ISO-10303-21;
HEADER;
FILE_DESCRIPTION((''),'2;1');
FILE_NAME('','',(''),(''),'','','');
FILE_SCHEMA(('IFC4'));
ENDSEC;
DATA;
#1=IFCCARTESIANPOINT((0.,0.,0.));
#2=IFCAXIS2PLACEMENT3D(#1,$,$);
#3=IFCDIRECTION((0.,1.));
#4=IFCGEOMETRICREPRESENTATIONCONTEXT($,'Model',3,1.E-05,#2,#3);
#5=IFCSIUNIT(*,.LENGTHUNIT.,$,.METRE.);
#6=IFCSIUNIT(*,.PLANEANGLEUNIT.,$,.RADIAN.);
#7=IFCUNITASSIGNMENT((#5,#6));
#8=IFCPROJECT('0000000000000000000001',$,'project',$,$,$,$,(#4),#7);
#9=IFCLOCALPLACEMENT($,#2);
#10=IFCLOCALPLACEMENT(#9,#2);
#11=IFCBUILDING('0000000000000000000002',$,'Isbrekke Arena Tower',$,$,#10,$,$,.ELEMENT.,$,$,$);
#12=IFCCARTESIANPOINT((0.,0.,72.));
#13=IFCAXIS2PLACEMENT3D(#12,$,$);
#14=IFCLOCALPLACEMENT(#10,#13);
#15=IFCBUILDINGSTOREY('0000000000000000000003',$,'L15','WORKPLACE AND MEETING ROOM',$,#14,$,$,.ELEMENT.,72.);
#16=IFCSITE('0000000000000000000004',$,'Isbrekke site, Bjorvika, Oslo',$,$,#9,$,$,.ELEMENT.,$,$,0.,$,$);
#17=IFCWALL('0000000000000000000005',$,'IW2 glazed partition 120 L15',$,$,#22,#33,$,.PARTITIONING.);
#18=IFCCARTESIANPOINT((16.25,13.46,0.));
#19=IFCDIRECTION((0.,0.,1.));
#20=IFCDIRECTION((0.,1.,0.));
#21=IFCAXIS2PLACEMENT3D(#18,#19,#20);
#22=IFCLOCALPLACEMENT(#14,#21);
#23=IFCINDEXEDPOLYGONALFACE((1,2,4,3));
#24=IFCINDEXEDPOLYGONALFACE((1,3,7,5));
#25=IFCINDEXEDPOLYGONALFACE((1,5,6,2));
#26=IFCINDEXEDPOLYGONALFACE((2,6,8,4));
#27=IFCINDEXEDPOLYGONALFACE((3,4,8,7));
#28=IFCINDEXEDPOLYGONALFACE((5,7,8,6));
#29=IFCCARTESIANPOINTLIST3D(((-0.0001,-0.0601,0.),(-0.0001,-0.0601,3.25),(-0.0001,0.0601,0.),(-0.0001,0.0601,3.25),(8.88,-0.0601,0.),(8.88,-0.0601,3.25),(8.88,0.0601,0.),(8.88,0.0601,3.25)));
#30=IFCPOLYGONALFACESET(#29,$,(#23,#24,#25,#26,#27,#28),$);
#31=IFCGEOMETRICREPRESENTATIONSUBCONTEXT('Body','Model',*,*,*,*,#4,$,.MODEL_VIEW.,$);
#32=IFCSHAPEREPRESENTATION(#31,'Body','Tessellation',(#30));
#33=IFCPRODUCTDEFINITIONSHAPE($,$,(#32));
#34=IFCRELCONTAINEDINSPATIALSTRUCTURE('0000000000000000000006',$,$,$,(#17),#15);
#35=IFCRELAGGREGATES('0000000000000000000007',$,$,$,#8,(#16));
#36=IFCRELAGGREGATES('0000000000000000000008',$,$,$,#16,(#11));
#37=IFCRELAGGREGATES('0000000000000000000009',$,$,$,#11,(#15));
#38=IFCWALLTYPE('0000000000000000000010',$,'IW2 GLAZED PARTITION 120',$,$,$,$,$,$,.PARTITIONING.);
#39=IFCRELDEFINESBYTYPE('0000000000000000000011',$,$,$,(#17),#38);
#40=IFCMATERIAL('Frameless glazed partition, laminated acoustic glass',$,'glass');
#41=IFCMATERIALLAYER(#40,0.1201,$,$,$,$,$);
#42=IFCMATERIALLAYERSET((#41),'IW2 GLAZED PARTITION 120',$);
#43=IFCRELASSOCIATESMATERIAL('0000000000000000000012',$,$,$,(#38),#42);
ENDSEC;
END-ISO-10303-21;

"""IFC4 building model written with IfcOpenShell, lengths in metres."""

from ifc_helpers import new_model, si_unit, direction, frame, frame_2d, origin, place, context, subcontext, project, spatial, rectangle, extrude, material, layer, layer_set, type_object, element, save


model = new_model("IFC4")

# Units and contexts
model_context = context("Model", 3, precision=1e-05, world=origin(), true_north=direction((0.0, 1.0)))
body_context = subcontext(model_context, "Body", "Model", "MODEL_VIEW")
ifc_project = project(units=[si_unit("LENGTHUNIT", "METRE"), si_unit("PLANEANGLEUNIT", "RADIAN")], contexts=[model_context])

# Site, building, storey
site_placement = place(None, origin())
site = spatial("IfcSite", under=ifc_project, at=site_placement, Name="Isbrekke site, Bjorvika, Oslo", CompositionType="ELEMENT", RefElevation=0.0)
building_placement = place(site_placement, origin())
building = spatial("IfcBuilding", under=site, at=building_placement, Name="Isbrekke Arena Tower", CompositionType="ELEMENT")
storey_placement = place(building_placement, frame((0.0, 0.0, 72.0)))
storey = spatial("IfcBuildingStorey", under=building, at=storey_placement, Name="L15", Description="WORKPLACE AND MEETING ROOM", CompositionType="ELEMENT", Elevation=72.0)

# Wall
ifc_material_1 = material(Name="Frameless glazed partition, laminated acoustic glass", Category="glass")
ifc_layer_1 = layer(ifc_material_1, 0.1201)
ifc_layer_set_1 = layer_set([ifc_layer_1], Name="IW2 GLAZED PARTITION 120")
wall_type_1 = type_object("IfcWallType", Name="IW2 GLAZED PARTITION 120", PredefinedType="PARTITIONING", material=ifc_layer_set_1)
wall_1_placement = place(storey_placement, frame((16.25, 13.46, 0.0), z_axis=(0.0, 0.0, 1.0), x_axis=(0.0, 1.0, 0.0)))
element("IfcWall", 1, at=wall_1_placement, inside=storey, type_object=wall_type_1, Name="IW2 glazed partition 120 L15", PredefinedType="PARTITIONING", context=body_context, shape_type="SweptSolid", body=[
    extrude(rectangle(XDim=8.8801, YDim=0.1201, at=frame_2d((4.4399, 0.0))), origin(), (0.0, 0.0, 1.0), 3.25),
])

save(model, "model.ifc")
